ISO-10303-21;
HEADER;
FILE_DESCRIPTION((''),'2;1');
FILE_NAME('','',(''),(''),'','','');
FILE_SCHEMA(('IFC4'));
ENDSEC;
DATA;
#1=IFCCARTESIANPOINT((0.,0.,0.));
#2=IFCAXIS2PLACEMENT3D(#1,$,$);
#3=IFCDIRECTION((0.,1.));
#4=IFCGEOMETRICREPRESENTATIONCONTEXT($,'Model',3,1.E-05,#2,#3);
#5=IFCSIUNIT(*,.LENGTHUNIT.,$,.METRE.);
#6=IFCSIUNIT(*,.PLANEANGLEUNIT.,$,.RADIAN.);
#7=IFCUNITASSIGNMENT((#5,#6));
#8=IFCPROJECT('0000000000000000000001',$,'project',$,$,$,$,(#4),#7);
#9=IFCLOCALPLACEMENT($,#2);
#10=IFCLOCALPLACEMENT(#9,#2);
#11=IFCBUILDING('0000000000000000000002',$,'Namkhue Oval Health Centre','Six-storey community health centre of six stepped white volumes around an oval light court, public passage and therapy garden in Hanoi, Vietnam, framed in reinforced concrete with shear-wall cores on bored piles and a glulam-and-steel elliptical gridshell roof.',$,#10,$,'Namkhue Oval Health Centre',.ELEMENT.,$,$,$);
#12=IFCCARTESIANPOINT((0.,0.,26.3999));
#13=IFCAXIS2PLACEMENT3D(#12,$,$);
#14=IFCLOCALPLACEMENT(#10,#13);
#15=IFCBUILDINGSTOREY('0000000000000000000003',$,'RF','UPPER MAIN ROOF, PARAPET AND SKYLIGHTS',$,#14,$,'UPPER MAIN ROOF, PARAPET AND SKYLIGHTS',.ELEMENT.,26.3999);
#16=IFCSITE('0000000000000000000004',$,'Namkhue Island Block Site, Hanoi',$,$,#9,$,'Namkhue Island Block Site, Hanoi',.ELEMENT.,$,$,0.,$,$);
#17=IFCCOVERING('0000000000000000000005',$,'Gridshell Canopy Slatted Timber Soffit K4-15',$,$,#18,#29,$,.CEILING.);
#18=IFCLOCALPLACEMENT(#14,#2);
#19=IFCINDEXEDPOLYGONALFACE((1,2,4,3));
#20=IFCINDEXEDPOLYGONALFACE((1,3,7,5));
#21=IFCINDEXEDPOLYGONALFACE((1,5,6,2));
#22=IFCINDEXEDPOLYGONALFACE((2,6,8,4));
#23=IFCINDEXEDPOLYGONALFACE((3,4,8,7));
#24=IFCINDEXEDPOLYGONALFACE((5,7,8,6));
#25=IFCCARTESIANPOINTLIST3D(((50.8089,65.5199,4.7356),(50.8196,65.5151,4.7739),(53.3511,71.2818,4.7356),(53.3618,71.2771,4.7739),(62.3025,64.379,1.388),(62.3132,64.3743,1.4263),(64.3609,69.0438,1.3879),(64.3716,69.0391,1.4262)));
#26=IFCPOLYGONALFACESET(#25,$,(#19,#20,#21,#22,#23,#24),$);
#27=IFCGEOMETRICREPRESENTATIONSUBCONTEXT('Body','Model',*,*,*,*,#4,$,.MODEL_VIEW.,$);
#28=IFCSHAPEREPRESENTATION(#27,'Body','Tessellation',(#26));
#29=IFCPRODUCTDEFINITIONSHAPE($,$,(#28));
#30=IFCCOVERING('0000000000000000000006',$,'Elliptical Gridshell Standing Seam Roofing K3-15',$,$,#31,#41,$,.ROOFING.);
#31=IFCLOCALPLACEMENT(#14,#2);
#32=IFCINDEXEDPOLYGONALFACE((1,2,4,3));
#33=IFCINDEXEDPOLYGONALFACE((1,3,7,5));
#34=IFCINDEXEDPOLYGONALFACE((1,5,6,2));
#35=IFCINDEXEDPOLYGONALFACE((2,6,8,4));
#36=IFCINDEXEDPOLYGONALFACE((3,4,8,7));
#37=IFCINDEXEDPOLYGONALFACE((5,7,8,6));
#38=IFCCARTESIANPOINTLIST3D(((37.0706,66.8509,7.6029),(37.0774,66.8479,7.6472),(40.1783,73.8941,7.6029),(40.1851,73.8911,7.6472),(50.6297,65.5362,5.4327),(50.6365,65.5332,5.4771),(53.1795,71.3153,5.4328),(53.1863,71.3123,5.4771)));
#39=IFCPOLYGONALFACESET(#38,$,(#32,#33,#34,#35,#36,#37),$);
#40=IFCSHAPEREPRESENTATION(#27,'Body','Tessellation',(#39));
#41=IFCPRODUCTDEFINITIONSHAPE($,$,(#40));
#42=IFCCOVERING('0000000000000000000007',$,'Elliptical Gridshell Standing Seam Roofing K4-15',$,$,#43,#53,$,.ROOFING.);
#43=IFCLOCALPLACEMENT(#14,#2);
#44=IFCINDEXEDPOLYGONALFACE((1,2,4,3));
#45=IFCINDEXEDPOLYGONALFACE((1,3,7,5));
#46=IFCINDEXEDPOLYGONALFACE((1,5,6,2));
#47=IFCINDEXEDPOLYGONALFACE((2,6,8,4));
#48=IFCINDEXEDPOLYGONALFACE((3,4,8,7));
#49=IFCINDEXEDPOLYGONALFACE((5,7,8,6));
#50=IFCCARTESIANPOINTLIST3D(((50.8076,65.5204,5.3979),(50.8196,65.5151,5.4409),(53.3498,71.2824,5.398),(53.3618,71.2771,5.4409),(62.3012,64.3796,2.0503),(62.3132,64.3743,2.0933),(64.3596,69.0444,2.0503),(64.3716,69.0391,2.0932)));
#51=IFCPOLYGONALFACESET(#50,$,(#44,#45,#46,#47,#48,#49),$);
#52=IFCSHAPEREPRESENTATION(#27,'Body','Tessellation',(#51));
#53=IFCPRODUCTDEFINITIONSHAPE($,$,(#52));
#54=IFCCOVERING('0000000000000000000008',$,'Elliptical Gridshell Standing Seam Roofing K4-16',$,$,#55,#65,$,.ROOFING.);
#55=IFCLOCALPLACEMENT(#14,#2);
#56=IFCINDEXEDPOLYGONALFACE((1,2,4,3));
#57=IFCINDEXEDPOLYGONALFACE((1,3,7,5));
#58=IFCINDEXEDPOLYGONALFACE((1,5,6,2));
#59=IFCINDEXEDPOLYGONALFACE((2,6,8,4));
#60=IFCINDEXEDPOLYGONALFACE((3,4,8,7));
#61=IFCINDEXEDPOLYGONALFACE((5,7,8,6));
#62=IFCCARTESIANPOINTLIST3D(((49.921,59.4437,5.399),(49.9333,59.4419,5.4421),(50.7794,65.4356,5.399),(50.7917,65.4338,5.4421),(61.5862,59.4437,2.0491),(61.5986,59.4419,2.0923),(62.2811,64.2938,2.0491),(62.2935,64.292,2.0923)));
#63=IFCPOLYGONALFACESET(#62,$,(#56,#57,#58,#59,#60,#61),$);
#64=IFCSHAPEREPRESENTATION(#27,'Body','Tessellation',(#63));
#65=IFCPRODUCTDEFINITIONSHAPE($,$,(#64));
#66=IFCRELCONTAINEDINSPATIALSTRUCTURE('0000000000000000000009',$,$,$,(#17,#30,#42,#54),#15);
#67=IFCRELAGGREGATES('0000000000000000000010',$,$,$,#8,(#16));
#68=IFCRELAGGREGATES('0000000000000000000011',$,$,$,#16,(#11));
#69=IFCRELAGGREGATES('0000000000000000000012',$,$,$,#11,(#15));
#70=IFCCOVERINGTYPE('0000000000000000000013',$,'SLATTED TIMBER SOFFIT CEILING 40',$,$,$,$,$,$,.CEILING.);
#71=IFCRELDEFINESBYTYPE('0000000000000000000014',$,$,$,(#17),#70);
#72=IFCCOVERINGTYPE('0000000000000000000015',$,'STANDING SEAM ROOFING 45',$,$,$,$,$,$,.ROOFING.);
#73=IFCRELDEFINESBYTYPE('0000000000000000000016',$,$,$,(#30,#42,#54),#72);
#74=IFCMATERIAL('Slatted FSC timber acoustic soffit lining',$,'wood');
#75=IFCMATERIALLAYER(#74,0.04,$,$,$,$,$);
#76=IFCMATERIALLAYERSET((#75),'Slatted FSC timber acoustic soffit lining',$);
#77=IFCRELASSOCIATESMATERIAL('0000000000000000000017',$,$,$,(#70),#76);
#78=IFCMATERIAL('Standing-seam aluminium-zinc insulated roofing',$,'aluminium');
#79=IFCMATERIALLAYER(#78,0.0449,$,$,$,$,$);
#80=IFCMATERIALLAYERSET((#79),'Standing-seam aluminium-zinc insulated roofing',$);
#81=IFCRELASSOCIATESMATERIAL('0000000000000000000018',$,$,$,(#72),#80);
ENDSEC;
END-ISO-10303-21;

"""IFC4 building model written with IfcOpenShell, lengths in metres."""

from ifc_helpers import new_model, si_unit, direction, frame, origin, place, context, subcontext, project, spatial, polyline, outline, extrude, material, layer, layer_set, type_object, element, save


model = new_model("IFC4")

# Units and contexts
model_context = context("Model", 3, precision=1e-05, world=origin(), true_north=direction((0.0, 1.0)))
body_context = subcontext(model_context, "Body", "Model", "MODEL_VIEW")
ifc_project = project(units=[si_unit("LENGTHUNIT", "METRE"), si_unit("PLANEANGLEUNIT", "RADIAN")], contexts=[model_context])

# Site, building, storey
site_placement = place(None, origin())
site = spatial("IfcSite", under=ifc_project, at=site_placement, Name="Namkhue Island Block Site, Hanoi", LongName="Namkhue Island Block Site, Hanoi", CompositionType="ELEMENT", RefElevation=0.0)
building_placement = place(site_placement, origin())
building = spatial("IfcBuilding", under=site, at=building_placement, Name="Namkhue Oval Health Centre", Description="Six-storey community health centre of six stepped white volumes around an oval light court, public passage and therapy garden in Hanoi, Vietnam, framed in reinforced concrete with shear-wall cores on bored piles and a glulam-and-steel elliptical gridshell roof.", LongName="Namkhue Oval Health Centre", CompositionType="ELEMENT")
storey_placement = place(building_placement, frame((0.0, 0.0, 26.3999)))
storey = spatial("IfcBuildingStorey", under=building, at=storey_placement, Name="RF", Description="UPPER MAIN ROOF, PARAPET AND SKYLIGHTS", LongName="UPPER MAIN ROOF, PARAPET AND SKYLIGHTS", CompositionType="ELEMENT", Elevation=26.3999)

# Coverings
ifc_material_1 = material(Name="Slatted FSC timber acoustic soffit lining", Category="wood")
ifc_layer_1 = layer(ifc_material_1, 0.04)
ifc_layer_set_1 = layer_set([ifc_layer_1], Name="Slatted FSC timber acoustic soffit lining")
covering_type_1 = type_object("IfcCoveringType", Name="SLATTED TIMBER SOFFIT CEILING 40", PredefinedType="CEILING", material=ifc_layer_set_1)
covering_1_placement = place(storey_placement, frame((53.3618, 71.2771, 4.7739), z_axis=(0.2669, -0.117764, 0.956502), x_axis=(-0.403667, -0.914906, -0.000004)))
element("IfcCovering", 1, at=covering_1_placement, inside=storey, type_object=covering_type_1, Name="Gridshell Canopy Slatted Timber Soffit K4-15", PredefinedType="CEILING", context=body_context, shape_type="SweptSolid", body=[
    extrude(outline(polyline([(0.0, 0.0), (6.2979, 0.0), (2.7021, 11.4753), (-2.3967, 11.4755), (0.0, 0.0)])), origin(), (0.0, 0.0, -1.0), 0.04),
])
ifc_material_2 = material(Name="Standing-seam aluminium-zinc insulated roofing", Category="aluminium")
ifc_layer_2 = layer(ifc_material_2, 0.0449)
ifc_layer_set_2 = layer_set([ifc_layer_2], Name="Standing-seam aluminium-zinc insulated roofing")
covering_type_2 = type_object("IfcCoveringType", Name="STANDING SEAM ROOFING 45", PredefinedType="ROOFING", material=ifc_layer_set_2)
covering_2_placement = place(storey_placement, frame((40.1851, 73.8911, 7.6472), z_axis=(0.151371, -0.066788, 0.986218), x_axis=(-0.40368, -0.9149, 0.000001)))
element("IfcCovering", 2, at=covering_2_placement, inside=storey, type_object=covering_type_2, Name="Elliptical Gridshell Standing Seam Roofing K3-15", PredefinedType="ROOFING", context=body_context, shape_type="SweptSolid", body=[
    extrude(outline(polyline([(0.0, 0.0), (7.6983, 0.0), (3.4276, 13.1167), (-2.8889, 13.1166), (0.0, 0.0)])), origin(), (0.0, 0.0, -1.0), 0.0449),
])
covering_3_placement = place(storey_placement, frame((53.3618, 71.2771, 5.4409), z_axis=(0.2669, -0.117764, 0.956502), x_axis=(-0.403667, -0.914906, -0.000004)))
element("IfcCovering", 3, at=covering_3_placement, inside=storey, type_object=covering_type_2, Name="Elliptical Gridshell Standing Seam Roofing K4-15", PredefinedType="ROOFING", context=body_context, shape_type="SweptSolid", body=[
    extrude(outline(polyline([(0.0, 0.0), (6.2979, 0.0), (2.7021, 11.4753), (-2.3967, 11.4755), (0.0, 0.0)])), origin(), (0.0, 0.0, -1.0), 0.0449),
])
covering_4_placement = place(storey_placement, frame((50.7917, 65.4338, 5.4421), z_axis=(0.275794, -0.03951, 0.960404), x_axis=(-0.141811, -0.989894, 0.0)))
element("IfcCovering", 4, at=covering_4_placement, inside=storey, type_object=covering_type_2, Name="Elliptical Gridshell Standing Seam Roofing K4-16", PredefinedType="ROOFING", context=body_context, shape_type="SweptSolid", body=[
    extrude(outline(polyline([(0.0, 0.0), (6.0531, 0.0), (4.3989, 12.0235), (-0.5008, 12.0235), (0.0, 0.0)])), origin(), (0.0, 0.0, -1.0), 0.0449),
])

save(model, "model.ifc")
